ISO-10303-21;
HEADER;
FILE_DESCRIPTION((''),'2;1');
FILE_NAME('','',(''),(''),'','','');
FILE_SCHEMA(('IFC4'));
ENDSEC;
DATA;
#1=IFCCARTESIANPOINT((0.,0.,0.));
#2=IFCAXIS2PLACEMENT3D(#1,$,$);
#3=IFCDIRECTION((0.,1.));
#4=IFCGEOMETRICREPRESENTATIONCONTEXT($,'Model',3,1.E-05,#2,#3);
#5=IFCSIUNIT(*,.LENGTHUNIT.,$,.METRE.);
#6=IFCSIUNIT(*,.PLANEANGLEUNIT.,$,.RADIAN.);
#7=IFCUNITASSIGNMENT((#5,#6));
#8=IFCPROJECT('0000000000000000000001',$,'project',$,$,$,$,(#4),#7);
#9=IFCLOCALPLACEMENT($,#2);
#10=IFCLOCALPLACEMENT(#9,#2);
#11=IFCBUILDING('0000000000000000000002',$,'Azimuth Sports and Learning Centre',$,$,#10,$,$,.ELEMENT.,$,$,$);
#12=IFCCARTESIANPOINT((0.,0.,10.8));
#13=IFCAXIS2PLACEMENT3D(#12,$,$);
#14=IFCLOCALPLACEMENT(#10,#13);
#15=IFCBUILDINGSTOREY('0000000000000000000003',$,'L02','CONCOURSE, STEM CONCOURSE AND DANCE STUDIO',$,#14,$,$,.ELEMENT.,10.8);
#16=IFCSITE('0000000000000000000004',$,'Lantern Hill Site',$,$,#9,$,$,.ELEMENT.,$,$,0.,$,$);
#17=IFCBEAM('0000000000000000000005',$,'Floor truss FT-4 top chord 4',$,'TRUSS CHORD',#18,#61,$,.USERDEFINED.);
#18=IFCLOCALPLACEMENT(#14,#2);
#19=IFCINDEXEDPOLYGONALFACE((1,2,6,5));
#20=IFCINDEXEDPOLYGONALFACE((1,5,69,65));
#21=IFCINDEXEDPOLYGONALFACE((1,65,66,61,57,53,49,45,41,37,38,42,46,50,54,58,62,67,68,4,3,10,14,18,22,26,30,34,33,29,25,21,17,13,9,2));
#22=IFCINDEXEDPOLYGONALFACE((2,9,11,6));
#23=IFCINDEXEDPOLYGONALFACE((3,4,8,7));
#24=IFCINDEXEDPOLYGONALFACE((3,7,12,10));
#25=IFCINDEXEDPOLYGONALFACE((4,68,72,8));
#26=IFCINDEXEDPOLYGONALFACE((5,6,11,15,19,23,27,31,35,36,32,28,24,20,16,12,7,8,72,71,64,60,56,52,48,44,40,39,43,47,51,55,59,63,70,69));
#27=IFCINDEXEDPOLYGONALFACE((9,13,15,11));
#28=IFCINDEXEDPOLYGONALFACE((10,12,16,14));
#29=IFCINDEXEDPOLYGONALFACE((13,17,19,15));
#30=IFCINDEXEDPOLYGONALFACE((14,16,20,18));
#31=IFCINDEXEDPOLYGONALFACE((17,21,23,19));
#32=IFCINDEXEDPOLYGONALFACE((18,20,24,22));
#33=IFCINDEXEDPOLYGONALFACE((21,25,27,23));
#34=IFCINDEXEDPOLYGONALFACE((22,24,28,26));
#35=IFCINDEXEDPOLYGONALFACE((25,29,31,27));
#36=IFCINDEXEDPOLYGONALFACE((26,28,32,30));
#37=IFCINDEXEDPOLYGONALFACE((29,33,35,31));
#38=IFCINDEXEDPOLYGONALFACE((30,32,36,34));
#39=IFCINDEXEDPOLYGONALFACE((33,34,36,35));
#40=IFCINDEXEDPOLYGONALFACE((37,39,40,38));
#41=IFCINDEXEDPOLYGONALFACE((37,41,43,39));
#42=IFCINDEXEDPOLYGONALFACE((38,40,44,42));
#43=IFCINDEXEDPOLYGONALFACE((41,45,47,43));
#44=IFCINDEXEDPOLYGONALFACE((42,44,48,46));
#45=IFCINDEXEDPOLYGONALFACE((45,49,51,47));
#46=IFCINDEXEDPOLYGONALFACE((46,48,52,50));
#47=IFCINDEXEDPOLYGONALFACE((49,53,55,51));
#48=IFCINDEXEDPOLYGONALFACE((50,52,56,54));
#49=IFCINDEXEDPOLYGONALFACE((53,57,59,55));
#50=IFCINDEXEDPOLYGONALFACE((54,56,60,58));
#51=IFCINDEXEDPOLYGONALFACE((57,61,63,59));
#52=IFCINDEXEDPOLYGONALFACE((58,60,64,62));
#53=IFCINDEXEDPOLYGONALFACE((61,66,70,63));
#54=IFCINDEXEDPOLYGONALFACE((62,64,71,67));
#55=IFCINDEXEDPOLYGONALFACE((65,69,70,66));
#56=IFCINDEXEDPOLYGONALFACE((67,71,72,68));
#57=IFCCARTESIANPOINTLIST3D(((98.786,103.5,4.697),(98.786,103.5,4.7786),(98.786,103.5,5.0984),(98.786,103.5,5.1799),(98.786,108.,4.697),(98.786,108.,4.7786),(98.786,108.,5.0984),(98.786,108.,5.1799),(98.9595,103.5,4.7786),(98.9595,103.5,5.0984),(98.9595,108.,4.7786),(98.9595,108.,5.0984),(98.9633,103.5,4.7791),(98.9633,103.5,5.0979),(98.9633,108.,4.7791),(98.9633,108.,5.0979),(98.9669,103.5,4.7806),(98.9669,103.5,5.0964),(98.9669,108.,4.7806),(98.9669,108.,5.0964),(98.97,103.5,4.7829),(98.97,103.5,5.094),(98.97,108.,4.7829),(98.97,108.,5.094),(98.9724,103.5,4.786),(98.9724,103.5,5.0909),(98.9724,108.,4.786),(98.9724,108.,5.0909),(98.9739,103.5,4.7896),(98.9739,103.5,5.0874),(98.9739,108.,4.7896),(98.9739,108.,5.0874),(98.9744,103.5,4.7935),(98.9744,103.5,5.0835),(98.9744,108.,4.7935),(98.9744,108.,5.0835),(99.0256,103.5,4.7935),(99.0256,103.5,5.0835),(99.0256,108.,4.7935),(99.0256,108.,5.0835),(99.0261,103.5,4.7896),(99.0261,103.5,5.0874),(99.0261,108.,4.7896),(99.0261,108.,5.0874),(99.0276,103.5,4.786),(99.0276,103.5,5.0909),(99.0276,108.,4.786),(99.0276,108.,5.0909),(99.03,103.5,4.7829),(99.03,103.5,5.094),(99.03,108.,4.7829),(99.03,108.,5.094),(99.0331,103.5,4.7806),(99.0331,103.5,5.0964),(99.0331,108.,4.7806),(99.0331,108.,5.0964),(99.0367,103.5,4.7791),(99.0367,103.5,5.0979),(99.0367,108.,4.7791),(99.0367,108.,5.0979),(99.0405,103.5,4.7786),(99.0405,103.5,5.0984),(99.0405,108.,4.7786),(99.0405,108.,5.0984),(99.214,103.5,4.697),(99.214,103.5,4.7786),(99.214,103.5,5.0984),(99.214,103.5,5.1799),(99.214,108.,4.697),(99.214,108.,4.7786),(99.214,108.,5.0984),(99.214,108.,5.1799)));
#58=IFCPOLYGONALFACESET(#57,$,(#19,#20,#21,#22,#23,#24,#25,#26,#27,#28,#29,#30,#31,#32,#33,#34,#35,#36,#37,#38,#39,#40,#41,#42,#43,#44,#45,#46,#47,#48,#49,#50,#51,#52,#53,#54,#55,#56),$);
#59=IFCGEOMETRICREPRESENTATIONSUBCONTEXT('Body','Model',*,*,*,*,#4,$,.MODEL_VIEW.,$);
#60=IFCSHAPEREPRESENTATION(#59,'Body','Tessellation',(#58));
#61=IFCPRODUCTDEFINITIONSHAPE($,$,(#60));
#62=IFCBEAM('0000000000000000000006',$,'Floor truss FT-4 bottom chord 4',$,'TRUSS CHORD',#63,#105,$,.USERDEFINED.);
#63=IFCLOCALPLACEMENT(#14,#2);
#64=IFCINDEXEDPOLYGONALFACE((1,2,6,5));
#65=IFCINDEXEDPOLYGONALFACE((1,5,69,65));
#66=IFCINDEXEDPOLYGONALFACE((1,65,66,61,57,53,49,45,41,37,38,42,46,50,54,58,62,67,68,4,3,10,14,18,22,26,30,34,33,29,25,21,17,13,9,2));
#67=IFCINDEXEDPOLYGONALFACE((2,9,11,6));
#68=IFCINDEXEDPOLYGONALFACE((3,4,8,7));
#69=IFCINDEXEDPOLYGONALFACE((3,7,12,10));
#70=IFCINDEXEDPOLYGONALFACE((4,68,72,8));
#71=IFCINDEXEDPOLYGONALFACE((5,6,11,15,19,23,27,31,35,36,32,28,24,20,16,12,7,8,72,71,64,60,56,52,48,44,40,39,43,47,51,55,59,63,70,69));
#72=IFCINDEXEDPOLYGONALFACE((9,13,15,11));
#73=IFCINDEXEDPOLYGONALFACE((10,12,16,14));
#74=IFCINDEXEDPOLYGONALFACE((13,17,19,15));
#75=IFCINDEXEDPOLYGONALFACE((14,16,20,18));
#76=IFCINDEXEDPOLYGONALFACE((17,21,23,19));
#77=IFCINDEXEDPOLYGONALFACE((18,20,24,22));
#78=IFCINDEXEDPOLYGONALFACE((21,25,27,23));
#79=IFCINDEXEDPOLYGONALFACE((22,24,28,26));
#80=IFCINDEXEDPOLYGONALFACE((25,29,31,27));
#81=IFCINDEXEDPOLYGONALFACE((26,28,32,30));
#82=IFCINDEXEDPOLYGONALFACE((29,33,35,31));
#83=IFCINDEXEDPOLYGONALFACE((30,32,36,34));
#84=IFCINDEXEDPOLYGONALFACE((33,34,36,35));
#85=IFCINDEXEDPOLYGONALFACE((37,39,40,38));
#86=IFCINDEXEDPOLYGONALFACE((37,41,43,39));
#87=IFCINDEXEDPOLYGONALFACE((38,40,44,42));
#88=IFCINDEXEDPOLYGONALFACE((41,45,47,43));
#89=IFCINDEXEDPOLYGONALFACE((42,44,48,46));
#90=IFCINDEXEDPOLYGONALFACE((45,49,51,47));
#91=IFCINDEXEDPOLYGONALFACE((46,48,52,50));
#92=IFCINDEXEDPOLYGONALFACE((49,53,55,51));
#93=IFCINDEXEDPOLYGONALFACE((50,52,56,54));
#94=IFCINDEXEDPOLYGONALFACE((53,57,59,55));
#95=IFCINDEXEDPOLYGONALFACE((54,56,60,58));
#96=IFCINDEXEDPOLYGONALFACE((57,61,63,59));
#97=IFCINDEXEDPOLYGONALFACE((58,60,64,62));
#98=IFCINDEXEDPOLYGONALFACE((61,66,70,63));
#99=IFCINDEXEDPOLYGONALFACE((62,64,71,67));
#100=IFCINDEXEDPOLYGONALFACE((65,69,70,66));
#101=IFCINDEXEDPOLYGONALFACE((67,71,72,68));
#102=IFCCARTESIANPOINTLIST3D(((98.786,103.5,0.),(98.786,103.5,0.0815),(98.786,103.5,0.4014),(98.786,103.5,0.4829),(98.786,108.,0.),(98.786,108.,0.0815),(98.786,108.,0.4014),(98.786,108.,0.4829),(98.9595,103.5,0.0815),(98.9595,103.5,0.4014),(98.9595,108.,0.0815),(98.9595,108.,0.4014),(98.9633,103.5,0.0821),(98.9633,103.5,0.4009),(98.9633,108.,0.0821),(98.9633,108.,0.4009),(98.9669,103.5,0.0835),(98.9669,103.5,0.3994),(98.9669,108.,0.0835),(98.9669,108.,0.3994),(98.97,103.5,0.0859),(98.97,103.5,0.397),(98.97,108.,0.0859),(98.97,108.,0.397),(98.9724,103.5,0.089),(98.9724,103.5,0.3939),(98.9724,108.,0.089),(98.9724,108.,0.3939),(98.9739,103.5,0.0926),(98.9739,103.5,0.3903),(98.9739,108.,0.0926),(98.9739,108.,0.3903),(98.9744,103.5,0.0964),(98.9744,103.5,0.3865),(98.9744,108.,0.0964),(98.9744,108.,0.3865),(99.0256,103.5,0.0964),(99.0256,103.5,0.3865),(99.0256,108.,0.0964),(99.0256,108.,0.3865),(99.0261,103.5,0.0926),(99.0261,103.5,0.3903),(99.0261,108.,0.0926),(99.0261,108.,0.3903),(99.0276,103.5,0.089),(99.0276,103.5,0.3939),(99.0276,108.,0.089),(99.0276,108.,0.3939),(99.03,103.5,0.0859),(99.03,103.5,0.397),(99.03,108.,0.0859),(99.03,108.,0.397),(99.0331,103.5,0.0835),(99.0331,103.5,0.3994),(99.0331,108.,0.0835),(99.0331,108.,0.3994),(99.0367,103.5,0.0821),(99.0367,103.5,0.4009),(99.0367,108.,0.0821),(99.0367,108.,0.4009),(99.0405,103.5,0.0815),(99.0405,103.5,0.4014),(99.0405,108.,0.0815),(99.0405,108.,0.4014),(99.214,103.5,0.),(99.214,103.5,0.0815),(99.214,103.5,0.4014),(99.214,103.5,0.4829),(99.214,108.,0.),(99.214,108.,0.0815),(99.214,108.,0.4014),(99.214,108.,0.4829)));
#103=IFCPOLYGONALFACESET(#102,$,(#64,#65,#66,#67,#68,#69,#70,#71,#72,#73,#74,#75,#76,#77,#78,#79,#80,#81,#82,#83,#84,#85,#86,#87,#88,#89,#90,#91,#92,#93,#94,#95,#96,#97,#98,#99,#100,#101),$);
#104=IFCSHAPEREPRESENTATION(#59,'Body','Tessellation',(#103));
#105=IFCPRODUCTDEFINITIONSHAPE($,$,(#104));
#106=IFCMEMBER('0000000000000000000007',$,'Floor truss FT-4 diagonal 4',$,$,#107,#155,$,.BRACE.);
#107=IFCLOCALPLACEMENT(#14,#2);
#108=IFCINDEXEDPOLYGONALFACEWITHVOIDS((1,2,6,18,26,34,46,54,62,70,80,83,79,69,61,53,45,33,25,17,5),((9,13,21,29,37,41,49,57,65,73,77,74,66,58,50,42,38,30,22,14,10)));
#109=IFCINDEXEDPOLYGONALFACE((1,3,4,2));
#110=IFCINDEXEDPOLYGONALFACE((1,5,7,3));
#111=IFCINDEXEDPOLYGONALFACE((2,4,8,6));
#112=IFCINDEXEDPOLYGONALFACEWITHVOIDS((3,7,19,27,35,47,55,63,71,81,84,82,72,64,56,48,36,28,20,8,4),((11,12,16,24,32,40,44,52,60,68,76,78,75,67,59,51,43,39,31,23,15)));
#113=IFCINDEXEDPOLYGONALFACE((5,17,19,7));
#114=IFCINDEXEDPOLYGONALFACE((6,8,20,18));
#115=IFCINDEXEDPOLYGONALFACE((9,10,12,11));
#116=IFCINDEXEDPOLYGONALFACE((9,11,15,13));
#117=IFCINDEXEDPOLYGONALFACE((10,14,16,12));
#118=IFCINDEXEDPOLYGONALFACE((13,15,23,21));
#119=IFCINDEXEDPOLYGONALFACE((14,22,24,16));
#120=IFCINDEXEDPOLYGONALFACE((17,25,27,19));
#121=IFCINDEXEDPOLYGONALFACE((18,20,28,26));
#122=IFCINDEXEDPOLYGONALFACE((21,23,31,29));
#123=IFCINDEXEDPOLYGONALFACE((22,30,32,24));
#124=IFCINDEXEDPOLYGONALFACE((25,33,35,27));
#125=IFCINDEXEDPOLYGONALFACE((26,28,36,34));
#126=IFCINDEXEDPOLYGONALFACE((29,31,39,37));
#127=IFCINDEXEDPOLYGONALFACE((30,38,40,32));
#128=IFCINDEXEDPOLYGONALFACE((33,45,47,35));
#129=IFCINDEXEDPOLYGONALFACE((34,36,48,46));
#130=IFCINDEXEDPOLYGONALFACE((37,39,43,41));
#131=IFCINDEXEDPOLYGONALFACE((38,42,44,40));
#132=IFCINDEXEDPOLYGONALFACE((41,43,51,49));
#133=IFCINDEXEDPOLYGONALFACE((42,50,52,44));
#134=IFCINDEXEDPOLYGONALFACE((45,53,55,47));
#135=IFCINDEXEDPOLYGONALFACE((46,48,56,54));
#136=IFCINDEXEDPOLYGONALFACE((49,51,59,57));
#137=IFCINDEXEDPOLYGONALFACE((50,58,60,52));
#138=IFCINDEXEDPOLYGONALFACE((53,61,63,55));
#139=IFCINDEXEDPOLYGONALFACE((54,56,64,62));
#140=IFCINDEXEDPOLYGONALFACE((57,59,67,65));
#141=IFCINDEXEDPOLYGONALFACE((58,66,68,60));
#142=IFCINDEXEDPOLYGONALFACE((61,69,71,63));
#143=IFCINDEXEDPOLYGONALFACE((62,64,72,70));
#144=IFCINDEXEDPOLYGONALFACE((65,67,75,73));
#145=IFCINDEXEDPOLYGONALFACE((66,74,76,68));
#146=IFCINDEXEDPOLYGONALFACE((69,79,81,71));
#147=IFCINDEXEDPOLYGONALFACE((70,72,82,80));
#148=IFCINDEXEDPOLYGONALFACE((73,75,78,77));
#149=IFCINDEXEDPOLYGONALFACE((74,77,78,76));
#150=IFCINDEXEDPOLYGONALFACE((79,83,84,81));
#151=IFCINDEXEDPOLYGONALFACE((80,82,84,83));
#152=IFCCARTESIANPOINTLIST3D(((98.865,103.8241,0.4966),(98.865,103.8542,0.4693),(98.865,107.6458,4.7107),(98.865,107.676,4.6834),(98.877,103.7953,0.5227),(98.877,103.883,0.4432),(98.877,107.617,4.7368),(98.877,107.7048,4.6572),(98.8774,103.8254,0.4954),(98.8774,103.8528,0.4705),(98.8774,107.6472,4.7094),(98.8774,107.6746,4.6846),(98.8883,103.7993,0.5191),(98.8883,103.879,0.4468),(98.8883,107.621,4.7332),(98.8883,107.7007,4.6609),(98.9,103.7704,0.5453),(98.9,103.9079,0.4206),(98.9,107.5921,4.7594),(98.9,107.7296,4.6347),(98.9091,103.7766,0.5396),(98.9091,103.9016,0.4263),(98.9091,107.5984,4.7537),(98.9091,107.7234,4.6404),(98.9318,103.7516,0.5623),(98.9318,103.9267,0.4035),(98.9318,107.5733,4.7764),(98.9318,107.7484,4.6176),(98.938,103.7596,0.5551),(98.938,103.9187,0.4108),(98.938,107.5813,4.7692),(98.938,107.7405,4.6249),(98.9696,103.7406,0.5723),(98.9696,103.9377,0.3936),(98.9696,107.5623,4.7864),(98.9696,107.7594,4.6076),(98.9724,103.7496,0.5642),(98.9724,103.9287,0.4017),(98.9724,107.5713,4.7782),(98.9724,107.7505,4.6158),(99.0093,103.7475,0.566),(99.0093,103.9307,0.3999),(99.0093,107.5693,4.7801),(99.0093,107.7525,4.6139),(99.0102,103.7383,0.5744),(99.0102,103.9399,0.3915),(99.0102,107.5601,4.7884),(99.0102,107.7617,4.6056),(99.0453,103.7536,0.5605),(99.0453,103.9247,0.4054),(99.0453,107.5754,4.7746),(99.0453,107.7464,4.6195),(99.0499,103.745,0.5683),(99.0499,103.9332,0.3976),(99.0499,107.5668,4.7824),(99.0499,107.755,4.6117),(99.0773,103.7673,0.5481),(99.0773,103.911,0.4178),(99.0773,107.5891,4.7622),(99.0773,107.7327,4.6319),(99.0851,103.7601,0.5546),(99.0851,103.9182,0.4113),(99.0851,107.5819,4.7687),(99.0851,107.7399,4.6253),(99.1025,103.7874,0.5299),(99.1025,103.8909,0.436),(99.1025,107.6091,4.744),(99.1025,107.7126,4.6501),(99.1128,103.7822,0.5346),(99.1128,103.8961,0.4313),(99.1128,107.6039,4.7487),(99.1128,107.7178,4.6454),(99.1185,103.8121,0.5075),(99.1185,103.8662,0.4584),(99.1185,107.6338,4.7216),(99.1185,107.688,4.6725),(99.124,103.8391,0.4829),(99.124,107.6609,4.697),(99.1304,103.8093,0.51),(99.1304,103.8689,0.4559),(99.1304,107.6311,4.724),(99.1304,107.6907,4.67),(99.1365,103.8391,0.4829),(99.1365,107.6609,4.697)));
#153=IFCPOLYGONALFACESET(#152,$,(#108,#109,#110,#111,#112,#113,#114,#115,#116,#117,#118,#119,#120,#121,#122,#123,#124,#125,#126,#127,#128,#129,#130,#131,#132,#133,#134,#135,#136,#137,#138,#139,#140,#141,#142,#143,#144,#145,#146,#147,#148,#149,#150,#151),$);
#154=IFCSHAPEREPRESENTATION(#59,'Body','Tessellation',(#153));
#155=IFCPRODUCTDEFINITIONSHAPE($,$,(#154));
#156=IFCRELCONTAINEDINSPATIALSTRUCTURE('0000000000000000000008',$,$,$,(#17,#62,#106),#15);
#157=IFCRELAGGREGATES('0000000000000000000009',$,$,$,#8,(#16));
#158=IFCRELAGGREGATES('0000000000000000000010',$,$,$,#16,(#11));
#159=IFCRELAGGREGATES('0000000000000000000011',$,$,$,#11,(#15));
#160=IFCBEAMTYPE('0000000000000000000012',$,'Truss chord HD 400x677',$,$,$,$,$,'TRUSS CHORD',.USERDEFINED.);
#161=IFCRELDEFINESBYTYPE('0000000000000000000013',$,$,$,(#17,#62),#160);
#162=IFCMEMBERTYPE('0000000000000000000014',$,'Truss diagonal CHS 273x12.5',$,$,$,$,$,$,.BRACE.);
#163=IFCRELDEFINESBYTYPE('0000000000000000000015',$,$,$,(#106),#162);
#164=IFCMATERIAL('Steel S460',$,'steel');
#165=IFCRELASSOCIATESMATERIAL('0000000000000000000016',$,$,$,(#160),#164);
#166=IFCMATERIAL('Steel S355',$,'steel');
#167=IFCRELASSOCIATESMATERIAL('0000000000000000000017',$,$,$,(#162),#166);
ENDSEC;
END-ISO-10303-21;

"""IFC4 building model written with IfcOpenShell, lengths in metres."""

from ifc_helpers import new_model, si_unit, direction, frame, origin, origin_2d, place, context, subcontext, project, spatial, hollow_circle, i_section, extrude, material, material_profile, profile_set, type_object, element, save


model = new_model("IFC4")

# Units and contexts
model_context = context("Model", 3, precision=1e-05, world=origin(), true_north=direction((0.0, 1.0)))
body_context = subcontext(model_context, "Body", "Model", "MODEL_VIEW")
ifc_project = project(units=[si_unit("LENGTHUNIT", "METRE"), si_unit("PLANEANGLEUNIT", "RADIAN")], contexts=[model_context])

# Site, building, storey
site_placement = place(None, origin())
site = spatial("IfcSite", under=ifc_project, at=site_placement, Name="Lantern Hill Site", CompositionType="ELEMENT", RefElevation=0.0)
building_placement = place(site_placement, origin())
building = spatial("IfcBuilding", under=site, at=building_placement, Name="Azimuth Sports and Learning Centre", CompositionType="ELEMENT")
storey_placement = place(building_placement, frame((0.0, 0.0, 10.8)))
storey = spatial("IfcBuildingStorey", under=building, at=storey_placement, Name="L02", Description="CONCOURSE, STEM CONCOURSE AND DANCE STUDIO", CompositionType="ELEMENT", Elevation=10.8)

# Beams
ifc_material_1 = material(Name="Steel S460", Category="steel")
ifc_material_profile_1 = material_profile(ifc_material_1, i_section(OverallWidth=0.428, OverallDepth=0.4829, WebThickness=0.0513, FlangeThickness=0.0815, FilletRadius=0.0149, at=origin_2d()), Name="HD 400x677")
ifc_profile_set_1 = profile_set([ifc_material_profile_1], Name="Steel S460")
beam_type_1 = type_object("IfcBeamType", Name="Truss chord HD 400x677", ElementType="TRUSS CHORD", PredefinedType="USERDEFINED", material=ifc_profile_set_1)
for number, where, z_axis, x_axis, name in (
    (1, (99.0, 103.5, 4.9385), (0.0, 1.0, 0.0), (-1.0, 0.0, 0.0), "Floor truss FT-4 top chord 4"),
    (2, (99.0, 103.5, 0.2415), (0.0, 1.0, 0.0), (-1.0, 0.0, 0.0), "Floor truss FT-4 bottom chord 4"),
):
    element("IfcBeam", number, at=place(storey_placement, frame(where, z_axis=z_axis, x_axis=x_axis)), inside=storey, type_object=beam_type_1, Name=name, ObjectType="TRUSS CHORD", PredefinedType="USERDEFINED", context=body_context, shape_type="SweptSolid", body=[
        extrude(i_section(OverallWidth=0.428, OverallDepth=0.4829, WebThickness=0.0513, FlangeThickness=0.0815, FilletRadius=0.0149, at=origin_2d()), origin(), (0.0, 0.0, 1.0), 4.5),
    ])

# Member
ifc_material_2 = material(Name="Steel S355", Category="steel")
ifc_material_profile_2 = material_profile(ifc_material_2, hollow_circle(Radius=0.1365, WallThickness=0.0125, at=origin_2d()), Name="CHS 273x12.5")
ifc_profile_set_2 = profile_set([ifc_material_profile_2], Name="Steel S355")
member_type_1 = type_object("IfcMemberType", Name="Truss diagonal CHS 273x12.5", PredefinedType="BRACE", material=ifc_profile_set_2)
member_1_placement = place(storey_placement, frame((99.0, 107.6609, 4.697), z_axis=(0.0, -0.671784, -0.740747), x_axis=(1.0, 0.0, 0.0)))
element("IfcMember", 3, at=member_1_placement, inside=storey, type_object=member_type_1, Name="Floor truss FT-4 diagonal 4", PredefinedType="BRACE", context=body_context, shape_type="SweptSolid", body=[
    extrude(hollow_circle(Radius=0.1365, WallThickness=0.0125, at=origin_2d()), origin(), (0.0, 0.0, 1.0), 5.689),
])

save(model, "model.ifc")
